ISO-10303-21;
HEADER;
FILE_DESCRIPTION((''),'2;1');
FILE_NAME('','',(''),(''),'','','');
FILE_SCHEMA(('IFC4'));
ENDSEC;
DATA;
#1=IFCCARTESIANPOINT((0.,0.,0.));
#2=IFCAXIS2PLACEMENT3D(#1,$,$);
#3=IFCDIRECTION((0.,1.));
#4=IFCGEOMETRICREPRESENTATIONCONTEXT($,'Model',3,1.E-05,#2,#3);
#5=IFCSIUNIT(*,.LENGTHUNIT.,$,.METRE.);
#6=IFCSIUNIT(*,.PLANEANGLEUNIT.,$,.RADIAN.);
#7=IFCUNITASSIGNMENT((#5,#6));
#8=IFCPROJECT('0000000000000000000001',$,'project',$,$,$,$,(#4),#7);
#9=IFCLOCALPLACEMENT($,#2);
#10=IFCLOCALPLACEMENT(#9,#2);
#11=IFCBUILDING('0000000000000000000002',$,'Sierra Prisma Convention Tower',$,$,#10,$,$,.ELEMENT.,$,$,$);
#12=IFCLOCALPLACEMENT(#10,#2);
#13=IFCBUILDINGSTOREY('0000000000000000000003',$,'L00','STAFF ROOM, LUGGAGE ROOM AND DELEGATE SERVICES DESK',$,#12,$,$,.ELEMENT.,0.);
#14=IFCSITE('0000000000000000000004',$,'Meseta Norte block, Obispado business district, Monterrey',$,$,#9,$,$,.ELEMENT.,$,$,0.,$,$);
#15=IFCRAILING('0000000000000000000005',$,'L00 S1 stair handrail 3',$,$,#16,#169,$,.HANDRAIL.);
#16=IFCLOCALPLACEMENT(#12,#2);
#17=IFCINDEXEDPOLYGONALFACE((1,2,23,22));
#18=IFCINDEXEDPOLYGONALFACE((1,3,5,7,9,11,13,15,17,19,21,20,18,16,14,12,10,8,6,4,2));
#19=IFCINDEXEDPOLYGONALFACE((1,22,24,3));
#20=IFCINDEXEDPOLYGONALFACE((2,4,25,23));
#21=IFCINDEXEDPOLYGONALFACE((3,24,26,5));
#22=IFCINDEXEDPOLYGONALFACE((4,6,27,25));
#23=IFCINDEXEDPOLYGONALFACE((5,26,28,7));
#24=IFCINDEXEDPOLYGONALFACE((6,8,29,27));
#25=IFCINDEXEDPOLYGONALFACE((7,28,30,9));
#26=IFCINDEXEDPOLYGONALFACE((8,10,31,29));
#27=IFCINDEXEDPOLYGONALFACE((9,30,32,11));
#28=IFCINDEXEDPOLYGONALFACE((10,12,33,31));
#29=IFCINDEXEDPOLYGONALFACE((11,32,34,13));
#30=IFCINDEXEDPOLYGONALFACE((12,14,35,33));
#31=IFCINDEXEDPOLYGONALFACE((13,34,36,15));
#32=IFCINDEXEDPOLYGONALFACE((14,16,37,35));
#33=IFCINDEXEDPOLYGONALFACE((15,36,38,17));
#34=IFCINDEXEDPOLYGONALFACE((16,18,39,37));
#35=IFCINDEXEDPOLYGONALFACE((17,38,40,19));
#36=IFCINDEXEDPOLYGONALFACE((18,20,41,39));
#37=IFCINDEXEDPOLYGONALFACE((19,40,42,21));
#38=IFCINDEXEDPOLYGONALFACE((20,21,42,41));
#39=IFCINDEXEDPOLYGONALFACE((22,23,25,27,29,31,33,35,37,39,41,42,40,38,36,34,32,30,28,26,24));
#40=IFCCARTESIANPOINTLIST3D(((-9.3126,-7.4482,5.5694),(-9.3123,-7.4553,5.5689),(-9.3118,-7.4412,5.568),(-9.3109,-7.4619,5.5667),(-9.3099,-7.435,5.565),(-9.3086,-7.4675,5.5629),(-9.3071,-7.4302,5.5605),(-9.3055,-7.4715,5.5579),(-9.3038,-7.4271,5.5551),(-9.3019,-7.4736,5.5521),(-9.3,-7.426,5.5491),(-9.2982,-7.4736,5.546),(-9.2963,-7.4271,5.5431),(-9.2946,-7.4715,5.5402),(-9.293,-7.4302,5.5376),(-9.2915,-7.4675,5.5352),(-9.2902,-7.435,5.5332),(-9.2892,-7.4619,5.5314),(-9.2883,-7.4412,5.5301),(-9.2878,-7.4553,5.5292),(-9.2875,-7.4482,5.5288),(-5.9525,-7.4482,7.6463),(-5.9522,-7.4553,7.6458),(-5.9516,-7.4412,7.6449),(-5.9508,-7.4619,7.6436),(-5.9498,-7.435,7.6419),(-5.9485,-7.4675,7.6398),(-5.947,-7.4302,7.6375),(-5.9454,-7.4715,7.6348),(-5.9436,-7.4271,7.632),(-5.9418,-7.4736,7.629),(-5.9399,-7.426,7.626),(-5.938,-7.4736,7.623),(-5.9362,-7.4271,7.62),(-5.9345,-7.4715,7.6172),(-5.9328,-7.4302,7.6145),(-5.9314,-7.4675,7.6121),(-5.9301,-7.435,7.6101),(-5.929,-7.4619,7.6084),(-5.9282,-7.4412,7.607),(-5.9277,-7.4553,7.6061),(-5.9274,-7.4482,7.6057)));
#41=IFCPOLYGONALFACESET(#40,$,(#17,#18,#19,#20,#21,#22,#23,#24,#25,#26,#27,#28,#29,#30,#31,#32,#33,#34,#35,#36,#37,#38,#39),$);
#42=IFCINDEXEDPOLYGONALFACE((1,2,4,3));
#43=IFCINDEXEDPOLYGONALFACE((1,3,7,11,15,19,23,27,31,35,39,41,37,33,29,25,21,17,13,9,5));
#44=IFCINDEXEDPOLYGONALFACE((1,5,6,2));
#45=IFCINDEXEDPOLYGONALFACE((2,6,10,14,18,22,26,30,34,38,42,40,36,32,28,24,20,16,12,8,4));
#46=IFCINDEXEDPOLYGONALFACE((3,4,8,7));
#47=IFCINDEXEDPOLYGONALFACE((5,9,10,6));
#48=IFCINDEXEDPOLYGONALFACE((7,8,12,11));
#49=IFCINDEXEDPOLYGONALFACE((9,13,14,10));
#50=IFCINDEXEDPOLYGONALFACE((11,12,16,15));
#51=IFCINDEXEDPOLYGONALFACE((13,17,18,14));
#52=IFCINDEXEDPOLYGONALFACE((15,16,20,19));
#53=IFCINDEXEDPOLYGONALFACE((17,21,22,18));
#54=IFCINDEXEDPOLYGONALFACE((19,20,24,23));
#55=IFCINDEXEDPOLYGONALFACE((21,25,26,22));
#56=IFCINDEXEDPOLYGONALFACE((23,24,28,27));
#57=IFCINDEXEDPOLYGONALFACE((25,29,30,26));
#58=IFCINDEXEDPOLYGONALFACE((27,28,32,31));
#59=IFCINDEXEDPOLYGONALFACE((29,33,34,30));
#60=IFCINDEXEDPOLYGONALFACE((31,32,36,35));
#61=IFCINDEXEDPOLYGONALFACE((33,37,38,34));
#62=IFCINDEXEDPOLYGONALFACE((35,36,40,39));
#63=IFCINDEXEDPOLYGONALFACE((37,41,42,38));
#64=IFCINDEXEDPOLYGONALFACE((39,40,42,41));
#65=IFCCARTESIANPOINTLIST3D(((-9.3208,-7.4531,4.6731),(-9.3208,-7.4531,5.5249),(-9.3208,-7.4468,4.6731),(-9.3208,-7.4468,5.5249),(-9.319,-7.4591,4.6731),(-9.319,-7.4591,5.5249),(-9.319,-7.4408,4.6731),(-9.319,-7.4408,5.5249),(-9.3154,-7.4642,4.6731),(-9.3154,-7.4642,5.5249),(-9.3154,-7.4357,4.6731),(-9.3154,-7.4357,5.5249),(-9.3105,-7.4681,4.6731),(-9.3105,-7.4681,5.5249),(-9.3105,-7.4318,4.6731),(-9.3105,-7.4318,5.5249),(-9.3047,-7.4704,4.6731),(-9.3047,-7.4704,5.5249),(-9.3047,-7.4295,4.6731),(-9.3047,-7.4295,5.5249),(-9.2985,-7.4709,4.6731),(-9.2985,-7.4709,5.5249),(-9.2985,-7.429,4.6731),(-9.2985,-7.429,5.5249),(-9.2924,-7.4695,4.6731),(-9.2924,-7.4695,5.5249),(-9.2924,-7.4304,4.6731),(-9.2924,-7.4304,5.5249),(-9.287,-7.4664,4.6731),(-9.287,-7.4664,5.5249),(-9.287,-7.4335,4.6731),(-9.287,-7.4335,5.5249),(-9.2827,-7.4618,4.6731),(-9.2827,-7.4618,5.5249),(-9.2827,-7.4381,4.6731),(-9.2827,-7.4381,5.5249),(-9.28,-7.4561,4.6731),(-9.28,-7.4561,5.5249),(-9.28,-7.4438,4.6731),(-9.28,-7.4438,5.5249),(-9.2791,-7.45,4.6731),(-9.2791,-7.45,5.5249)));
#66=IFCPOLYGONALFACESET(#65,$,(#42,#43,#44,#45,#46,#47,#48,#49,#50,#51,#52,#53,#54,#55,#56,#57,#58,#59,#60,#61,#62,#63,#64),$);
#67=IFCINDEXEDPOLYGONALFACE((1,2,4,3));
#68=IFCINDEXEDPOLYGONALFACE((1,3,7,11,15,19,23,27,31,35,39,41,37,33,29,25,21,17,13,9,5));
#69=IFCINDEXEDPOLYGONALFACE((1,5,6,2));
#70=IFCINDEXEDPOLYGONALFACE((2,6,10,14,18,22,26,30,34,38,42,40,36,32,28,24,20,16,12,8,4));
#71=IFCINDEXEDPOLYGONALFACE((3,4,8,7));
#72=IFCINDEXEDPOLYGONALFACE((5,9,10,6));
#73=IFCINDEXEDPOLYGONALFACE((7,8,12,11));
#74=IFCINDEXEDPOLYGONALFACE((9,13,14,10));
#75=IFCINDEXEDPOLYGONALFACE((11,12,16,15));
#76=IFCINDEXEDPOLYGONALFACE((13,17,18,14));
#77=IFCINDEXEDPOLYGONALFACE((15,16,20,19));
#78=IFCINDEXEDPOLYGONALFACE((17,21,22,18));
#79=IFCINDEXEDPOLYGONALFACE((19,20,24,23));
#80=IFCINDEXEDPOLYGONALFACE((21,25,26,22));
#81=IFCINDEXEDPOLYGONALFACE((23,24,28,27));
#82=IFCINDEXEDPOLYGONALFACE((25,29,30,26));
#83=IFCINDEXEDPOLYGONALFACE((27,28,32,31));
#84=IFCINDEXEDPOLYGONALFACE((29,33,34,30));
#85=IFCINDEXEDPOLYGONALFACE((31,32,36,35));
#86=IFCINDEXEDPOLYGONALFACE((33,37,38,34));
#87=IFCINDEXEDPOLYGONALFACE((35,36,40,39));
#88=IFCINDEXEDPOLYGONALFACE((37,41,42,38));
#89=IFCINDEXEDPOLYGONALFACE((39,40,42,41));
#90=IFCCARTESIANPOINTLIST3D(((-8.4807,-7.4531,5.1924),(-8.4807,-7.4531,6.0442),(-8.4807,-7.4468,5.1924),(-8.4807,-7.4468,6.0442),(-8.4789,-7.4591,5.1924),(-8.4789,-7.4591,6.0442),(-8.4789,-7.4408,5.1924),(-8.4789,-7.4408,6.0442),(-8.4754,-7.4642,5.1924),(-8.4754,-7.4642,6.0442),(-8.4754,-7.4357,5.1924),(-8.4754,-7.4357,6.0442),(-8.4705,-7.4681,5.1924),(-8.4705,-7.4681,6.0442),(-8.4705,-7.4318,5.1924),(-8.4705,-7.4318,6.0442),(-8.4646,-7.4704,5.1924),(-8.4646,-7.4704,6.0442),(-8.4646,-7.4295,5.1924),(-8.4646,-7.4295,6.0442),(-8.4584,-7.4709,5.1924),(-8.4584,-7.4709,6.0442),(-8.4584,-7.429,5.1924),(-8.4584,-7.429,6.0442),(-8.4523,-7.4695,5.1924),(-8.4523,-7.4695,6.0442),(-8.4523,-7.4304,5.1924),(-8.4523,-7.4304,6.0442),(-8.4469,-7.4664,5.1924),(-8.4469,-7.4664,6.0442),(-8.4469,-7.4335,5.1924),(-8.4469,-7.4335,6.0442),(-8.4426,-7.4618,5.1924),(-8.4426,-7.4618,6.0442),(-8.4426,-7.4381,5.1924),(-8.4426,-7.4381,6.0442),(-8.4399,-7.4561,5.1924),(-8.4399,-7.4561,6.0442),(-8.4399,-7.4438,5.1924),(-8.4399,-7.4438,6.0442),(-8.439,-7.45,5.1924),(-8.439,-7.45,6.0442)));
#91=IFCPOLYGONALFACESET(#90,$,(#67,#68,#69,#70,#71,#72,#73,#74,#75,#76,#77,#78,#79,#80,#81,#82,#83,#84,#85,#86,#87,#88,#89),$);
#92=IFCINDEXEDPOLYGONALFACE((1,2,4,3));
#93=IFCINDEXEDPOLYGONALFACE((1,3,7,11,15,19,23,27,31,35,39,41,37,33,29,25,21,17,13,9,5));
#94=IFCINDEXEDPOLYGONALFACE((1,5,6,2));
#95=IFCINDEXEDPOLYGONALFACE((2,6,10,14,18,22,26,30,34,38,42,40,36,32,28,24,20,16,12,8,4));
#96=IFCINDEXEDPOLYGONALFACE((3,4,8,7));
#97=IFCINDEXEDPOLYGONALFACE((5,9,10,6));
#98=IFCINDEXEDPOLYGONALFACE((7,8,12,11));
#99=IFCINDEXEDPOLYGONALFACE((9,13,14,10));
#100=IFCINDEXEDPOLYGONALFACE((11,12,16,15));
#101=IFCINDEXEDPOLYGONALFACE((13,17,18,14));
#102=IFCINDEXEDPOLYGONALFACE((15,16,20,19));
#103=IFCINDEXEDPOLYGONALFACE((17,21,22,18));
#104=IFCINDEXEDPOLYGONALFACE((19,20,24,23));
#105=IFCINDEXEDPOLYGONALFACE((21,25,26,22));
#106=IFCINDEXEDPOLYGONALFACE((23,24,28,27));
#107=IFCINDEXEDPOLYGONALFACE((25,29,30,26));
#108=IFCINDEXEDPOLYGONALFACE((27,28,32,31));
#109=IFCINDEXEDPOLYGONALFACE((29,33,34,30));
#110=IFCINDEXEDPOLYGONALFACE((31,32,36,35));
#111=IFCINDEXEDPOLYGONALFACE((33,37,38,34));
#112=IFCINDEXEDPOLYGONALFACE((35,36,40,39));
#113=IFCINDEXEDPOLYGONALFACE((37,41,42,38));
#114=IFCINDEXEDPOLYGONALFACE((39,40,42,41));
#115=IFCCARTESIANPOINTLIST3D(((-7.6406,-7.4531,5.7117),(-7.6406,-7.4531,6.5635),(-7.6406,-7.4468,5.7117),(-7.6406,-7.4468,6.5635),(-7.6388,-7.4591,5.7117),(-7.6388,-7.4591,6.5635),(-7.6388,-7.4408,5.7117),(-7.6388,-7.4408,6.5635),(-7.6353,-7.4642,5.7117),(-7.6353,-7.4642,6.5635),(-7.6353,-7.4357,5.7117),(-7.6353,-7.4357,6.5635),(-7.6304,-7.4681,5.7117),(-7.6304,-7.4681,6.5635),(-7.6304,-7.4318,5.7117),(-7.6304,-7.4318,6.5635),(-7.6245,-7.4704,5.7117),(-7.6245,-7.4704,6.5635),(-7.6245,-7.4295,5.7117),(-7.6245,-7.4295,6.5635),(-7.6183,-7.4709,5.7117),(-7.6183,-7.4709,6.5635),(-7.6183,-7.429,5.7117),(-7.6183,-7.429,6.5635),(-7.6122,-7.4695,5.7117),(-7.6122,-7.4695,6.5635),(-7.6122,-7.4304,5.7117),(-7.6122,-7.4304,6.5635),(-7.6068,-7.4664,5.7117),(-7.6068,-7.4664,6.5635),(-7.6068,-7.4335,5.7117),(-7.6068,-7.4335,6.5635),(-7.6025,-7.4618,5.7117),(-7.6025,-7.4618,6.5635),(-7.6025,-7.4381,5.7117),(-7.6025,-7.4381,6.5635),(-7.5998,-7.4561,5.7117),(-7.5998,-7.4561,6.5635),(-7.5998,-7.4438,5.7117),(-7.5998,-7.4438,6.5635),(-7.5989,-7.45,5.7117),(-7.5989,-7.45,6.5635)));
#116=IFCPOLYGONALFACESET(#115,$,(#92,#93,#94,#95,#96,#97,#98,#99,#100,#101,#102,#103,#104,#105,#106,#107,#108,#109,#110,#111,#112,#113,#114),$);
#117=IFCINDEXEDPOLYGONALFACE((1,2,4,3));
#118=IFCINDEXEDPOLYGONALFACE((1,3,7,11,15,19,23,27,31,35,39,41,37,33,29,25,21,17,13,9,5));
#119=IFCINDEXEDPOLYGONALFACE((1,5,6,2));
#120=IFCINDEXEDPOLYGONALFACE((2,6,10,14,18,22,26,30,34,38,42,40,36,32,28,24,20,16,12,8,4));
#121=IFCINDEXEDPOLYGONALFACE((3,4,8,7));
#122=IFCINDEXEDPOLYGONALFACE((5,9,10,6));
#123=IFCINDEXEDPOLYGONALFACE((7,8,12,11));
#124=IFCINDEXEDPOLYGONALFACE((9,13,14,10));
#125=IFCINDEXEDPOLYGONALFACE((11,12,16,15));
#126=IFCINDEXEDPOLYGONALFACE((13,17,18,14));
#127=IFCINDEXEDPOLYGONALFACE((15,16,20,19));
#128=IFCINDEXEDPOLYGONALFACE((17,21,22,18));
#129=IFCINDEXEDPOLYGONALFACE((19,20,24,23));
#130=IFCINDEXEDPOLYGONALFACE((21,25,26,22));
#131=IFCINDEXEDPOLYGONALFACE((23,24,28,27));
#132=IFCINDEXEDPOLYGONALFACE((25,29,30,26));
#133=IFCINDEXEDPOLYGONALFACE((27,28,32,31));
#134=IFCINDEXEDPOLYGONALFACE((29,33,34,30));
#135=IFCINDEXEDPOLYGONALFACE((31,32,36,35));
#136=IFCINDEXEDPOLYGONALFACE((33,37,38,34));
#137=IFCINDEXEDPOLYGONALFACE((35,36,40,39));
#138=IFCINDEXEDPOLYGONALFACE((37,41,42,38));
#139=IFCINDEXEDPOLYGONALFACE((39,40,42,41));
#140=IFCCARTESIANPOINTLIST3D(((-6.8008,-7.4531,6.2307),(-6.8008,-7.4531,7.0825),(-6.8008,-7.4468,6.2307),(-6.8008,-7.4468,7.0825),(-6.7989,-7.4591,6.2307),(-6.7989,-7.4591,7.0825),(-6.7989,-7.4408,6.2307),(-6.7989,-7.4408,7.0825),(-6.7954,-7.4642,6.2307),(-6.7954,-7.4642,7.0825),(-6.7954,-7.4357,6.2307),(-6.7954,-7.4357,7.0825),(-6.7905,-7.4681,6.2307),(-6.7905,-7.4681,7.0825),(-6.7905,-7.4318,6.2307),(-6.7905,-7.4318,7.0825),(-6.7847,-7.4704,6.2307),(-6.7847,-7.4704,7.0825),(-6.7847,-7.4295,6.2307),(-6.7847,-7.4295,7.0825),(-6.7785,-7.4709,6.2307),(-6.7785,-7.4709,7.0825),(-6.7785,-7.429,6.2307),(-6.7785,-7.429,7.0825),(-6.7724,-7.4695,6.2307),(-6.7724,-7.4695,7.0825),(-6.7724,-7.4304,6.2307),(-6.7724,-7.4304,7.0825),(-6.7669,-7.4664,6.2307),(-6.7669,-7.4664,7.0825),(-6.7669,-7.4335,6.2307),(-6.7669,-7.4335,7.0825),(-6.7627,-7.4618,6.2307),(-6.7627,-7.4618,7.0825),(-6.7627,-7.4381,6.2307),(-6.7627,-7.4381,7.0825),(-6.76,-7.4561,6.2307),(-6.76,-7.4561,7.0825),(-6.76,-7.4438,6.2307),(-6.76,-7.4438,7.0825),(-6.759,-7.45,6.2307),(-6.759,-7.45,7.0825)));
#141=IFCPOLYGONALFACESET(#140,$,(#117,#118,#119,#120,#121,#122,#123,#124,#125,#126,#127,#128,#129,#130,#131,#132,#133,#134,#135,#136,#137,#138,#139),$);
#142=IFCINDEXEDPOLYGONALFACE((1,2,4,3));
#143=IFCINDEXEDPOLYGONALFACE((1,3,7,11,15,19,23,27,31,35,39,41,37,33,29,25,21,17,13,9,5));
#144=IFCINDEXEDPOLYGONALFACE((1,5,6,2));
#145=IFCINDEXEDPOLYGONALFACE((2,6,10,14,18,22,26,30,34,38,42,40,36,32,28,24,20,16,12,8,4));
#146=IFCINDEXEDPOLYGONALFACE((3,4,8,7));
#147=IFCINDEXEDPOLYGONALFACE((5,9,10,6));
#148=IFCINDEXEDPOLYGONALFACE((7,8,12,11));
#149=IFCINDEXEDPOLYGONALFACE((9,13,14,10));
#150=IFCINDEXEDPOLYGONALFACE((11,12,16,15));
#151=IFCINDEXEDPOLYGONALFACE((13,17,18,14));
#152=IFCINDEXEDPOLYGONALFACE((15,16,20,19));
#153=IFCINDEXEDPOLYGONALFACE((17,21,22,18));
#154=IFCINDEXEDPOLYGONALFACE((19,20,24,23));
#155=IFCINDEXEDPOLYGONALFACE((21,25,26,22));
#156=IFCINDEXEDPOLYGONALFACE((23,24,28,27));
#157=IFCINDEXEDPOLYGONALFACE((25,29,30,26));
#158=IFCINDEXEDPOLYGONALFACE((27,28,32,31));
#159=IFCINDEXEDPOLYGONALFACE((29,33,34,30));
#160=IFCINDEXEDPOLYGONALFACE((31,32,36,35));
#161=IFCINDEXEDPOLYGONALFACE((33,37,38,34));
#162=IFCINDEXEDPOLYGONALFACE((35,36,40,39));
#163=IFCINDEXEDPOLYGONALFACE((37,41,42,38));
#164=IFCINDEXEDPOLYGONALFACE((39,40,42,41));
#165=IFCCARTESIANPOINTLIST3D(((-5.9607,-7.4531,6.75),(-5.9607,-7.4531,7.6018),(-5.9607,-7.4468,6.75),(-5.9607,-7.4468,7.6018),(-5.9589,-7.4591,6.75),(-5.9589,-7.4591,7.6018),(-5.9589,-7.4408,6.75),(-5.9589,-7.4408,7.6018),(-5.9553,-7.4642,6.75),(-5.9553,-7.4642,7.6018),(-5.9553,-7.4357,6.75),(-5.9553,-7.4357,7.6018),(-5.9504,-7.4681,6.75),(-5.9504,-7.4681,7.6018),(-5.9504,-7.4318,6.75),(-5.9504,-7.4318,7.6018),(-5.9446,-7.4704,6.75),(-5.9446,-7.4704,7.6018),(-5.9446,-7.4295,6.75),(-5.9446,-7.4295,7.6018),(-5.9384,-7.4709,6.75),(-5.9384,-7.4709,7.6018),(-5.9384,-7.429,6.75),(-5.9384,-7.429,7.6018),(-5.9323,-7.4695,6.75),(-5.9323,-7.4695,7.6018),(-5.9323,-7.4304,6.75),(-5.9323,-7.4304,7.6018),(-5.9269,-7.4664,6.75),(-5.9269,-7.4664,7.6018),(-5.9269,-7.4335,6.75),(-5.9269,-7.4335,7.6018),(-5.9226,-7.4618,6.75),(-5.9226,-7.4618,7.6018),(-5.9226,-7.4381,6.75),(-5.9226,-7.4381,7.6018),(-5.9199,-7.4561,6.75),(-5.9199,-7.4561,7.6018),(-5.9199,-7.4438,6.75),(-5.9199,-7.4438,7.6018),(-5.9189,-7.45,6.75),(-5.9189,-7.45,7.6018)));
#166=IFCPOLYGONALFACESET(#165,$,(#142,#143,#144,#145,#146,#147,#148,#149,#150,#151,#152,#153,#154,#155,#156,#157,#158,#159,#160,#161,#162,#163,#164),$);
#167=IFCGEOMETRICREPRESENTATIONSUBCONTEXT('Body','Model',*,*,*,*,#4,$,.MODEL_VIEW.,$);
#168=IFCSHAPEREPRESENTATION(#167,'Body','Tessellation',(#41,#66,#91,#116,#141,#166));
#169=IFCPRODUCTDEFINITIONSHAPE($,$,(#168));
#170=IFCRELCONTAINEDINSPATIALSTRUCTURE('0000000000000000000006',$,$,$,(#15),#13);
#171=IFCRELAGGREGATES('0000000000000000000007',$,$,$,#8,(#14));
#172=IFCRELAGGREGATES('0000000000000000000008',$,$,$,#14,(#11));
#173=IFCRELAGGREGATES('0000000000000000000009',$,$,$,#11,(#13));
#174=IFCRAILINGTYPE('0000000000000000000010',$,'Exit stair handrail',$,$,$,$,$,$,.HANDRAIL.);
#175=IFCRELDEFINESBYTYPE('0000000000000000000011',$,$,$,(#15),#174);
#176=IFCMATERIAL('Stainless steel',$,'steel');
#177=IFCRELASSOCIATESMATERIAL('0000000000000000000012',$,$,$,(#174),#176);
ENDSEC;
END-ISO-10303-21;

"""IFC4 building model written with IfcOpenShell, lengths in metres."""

from ifc_helpers import new_model, si_unit, direction, frame, origin, origin_2d, place, context, subcontext, project, spatial, circle, extrude, material, type_object, element, save


model = new_model("IFC4")

# Units and contexts
model_context = context("Model", 3, precision=1e-05, world=origin(), true_north=direction((0.0, 1.0)))
body_context = subcontext(model_context, "Body", "Model", "MODEL_VIEW")
ifc_project = project(units=[si_unit("LENGTHUNIT", "METRE"), si_unit("PLANEANGLEUNIT", "RADIAN")], contexts=[model_context])

# Site, building, storey
site_placement = place(None, origin())
site = spatial("IfcSite", under=ifc_project, at=site_placement, Name="Meseta Norte block, Obispado business district, Monterrey", CompositionType="ELEMENT", RefElevation=0.0)
building_placement = place(site_placement, origin())
building = spatial("IfcBuilding", under=site, at=building_placement, Name="Sierra Prisma Convention Tower", CompositionType="ELEMENT")
storey_placement = place(building_placement, origin())
storey = spatial("IfcBuildingStorey", under=building, at=storey_placement, Name="L00", Description="STAFF ROOM, LUGGAGE ROOM AND DELEGATE SERVICES DESK", CompositionType="ELEMENT", Elevation=0.0)

# Railing
ifc_material_1 = material(Name="Stainless steel", Category="steel")
railing_type_1 = type_object("IfcRailingType", Name="Exit stair handrail", PredefinedType="HANDRAIL", material=ifc_material_1)
railing_1_placement = place(storey_placement, frame((-9.3, -7.45, 4.6731)))
element("IfcRailing", 1, at=railing_1_placement, inside=storey, type_object=railing_type_1, Name="L00 S1 stair handrail 3", PredefinedType="HANDRAIL", context=body_context, shape_type="SweptSolid", body=[
    extrude(circle(Radius=0.0239, at=origin_2d()), frame((0.0, 0.0, 0.876), z_axis=(0.850623, 0.0, 0.525776), x_axis=(0.0, 1.0, 0.0)), (0.0, 0.0, 1.0), 3.9502),
    extrude(circle(Radius=0.021, at=origin_2d()), origin(), (0.0, 0.0, 1.0), 0.8518),
    extrude(circle(Radius=0.021, at=origin_2d()), frame((0.8401, 0.0, 0.5193)), (0.0, 0.0, 1.0), 0.8518),
    extrude(circle(Radius=0.021, at=origin_2d()), frame((1.6802, 0.0, 1.0386)), (0.0, 0.0, 1.0), 0.8518),
    extrude(circle(Radius=0.021, at=origin_2d()), frame((2.52, 0.0, 1.5576)), (0.0, 0.0, 1.0), 0.8518),
    extrude(circle(Radius=0.021, at=origin_2d()), frame((3.3601, 0.0, 2.0769)), (0.0, 0.0, 1.0), 0.8518),
])

save(model, "model.ifc")
